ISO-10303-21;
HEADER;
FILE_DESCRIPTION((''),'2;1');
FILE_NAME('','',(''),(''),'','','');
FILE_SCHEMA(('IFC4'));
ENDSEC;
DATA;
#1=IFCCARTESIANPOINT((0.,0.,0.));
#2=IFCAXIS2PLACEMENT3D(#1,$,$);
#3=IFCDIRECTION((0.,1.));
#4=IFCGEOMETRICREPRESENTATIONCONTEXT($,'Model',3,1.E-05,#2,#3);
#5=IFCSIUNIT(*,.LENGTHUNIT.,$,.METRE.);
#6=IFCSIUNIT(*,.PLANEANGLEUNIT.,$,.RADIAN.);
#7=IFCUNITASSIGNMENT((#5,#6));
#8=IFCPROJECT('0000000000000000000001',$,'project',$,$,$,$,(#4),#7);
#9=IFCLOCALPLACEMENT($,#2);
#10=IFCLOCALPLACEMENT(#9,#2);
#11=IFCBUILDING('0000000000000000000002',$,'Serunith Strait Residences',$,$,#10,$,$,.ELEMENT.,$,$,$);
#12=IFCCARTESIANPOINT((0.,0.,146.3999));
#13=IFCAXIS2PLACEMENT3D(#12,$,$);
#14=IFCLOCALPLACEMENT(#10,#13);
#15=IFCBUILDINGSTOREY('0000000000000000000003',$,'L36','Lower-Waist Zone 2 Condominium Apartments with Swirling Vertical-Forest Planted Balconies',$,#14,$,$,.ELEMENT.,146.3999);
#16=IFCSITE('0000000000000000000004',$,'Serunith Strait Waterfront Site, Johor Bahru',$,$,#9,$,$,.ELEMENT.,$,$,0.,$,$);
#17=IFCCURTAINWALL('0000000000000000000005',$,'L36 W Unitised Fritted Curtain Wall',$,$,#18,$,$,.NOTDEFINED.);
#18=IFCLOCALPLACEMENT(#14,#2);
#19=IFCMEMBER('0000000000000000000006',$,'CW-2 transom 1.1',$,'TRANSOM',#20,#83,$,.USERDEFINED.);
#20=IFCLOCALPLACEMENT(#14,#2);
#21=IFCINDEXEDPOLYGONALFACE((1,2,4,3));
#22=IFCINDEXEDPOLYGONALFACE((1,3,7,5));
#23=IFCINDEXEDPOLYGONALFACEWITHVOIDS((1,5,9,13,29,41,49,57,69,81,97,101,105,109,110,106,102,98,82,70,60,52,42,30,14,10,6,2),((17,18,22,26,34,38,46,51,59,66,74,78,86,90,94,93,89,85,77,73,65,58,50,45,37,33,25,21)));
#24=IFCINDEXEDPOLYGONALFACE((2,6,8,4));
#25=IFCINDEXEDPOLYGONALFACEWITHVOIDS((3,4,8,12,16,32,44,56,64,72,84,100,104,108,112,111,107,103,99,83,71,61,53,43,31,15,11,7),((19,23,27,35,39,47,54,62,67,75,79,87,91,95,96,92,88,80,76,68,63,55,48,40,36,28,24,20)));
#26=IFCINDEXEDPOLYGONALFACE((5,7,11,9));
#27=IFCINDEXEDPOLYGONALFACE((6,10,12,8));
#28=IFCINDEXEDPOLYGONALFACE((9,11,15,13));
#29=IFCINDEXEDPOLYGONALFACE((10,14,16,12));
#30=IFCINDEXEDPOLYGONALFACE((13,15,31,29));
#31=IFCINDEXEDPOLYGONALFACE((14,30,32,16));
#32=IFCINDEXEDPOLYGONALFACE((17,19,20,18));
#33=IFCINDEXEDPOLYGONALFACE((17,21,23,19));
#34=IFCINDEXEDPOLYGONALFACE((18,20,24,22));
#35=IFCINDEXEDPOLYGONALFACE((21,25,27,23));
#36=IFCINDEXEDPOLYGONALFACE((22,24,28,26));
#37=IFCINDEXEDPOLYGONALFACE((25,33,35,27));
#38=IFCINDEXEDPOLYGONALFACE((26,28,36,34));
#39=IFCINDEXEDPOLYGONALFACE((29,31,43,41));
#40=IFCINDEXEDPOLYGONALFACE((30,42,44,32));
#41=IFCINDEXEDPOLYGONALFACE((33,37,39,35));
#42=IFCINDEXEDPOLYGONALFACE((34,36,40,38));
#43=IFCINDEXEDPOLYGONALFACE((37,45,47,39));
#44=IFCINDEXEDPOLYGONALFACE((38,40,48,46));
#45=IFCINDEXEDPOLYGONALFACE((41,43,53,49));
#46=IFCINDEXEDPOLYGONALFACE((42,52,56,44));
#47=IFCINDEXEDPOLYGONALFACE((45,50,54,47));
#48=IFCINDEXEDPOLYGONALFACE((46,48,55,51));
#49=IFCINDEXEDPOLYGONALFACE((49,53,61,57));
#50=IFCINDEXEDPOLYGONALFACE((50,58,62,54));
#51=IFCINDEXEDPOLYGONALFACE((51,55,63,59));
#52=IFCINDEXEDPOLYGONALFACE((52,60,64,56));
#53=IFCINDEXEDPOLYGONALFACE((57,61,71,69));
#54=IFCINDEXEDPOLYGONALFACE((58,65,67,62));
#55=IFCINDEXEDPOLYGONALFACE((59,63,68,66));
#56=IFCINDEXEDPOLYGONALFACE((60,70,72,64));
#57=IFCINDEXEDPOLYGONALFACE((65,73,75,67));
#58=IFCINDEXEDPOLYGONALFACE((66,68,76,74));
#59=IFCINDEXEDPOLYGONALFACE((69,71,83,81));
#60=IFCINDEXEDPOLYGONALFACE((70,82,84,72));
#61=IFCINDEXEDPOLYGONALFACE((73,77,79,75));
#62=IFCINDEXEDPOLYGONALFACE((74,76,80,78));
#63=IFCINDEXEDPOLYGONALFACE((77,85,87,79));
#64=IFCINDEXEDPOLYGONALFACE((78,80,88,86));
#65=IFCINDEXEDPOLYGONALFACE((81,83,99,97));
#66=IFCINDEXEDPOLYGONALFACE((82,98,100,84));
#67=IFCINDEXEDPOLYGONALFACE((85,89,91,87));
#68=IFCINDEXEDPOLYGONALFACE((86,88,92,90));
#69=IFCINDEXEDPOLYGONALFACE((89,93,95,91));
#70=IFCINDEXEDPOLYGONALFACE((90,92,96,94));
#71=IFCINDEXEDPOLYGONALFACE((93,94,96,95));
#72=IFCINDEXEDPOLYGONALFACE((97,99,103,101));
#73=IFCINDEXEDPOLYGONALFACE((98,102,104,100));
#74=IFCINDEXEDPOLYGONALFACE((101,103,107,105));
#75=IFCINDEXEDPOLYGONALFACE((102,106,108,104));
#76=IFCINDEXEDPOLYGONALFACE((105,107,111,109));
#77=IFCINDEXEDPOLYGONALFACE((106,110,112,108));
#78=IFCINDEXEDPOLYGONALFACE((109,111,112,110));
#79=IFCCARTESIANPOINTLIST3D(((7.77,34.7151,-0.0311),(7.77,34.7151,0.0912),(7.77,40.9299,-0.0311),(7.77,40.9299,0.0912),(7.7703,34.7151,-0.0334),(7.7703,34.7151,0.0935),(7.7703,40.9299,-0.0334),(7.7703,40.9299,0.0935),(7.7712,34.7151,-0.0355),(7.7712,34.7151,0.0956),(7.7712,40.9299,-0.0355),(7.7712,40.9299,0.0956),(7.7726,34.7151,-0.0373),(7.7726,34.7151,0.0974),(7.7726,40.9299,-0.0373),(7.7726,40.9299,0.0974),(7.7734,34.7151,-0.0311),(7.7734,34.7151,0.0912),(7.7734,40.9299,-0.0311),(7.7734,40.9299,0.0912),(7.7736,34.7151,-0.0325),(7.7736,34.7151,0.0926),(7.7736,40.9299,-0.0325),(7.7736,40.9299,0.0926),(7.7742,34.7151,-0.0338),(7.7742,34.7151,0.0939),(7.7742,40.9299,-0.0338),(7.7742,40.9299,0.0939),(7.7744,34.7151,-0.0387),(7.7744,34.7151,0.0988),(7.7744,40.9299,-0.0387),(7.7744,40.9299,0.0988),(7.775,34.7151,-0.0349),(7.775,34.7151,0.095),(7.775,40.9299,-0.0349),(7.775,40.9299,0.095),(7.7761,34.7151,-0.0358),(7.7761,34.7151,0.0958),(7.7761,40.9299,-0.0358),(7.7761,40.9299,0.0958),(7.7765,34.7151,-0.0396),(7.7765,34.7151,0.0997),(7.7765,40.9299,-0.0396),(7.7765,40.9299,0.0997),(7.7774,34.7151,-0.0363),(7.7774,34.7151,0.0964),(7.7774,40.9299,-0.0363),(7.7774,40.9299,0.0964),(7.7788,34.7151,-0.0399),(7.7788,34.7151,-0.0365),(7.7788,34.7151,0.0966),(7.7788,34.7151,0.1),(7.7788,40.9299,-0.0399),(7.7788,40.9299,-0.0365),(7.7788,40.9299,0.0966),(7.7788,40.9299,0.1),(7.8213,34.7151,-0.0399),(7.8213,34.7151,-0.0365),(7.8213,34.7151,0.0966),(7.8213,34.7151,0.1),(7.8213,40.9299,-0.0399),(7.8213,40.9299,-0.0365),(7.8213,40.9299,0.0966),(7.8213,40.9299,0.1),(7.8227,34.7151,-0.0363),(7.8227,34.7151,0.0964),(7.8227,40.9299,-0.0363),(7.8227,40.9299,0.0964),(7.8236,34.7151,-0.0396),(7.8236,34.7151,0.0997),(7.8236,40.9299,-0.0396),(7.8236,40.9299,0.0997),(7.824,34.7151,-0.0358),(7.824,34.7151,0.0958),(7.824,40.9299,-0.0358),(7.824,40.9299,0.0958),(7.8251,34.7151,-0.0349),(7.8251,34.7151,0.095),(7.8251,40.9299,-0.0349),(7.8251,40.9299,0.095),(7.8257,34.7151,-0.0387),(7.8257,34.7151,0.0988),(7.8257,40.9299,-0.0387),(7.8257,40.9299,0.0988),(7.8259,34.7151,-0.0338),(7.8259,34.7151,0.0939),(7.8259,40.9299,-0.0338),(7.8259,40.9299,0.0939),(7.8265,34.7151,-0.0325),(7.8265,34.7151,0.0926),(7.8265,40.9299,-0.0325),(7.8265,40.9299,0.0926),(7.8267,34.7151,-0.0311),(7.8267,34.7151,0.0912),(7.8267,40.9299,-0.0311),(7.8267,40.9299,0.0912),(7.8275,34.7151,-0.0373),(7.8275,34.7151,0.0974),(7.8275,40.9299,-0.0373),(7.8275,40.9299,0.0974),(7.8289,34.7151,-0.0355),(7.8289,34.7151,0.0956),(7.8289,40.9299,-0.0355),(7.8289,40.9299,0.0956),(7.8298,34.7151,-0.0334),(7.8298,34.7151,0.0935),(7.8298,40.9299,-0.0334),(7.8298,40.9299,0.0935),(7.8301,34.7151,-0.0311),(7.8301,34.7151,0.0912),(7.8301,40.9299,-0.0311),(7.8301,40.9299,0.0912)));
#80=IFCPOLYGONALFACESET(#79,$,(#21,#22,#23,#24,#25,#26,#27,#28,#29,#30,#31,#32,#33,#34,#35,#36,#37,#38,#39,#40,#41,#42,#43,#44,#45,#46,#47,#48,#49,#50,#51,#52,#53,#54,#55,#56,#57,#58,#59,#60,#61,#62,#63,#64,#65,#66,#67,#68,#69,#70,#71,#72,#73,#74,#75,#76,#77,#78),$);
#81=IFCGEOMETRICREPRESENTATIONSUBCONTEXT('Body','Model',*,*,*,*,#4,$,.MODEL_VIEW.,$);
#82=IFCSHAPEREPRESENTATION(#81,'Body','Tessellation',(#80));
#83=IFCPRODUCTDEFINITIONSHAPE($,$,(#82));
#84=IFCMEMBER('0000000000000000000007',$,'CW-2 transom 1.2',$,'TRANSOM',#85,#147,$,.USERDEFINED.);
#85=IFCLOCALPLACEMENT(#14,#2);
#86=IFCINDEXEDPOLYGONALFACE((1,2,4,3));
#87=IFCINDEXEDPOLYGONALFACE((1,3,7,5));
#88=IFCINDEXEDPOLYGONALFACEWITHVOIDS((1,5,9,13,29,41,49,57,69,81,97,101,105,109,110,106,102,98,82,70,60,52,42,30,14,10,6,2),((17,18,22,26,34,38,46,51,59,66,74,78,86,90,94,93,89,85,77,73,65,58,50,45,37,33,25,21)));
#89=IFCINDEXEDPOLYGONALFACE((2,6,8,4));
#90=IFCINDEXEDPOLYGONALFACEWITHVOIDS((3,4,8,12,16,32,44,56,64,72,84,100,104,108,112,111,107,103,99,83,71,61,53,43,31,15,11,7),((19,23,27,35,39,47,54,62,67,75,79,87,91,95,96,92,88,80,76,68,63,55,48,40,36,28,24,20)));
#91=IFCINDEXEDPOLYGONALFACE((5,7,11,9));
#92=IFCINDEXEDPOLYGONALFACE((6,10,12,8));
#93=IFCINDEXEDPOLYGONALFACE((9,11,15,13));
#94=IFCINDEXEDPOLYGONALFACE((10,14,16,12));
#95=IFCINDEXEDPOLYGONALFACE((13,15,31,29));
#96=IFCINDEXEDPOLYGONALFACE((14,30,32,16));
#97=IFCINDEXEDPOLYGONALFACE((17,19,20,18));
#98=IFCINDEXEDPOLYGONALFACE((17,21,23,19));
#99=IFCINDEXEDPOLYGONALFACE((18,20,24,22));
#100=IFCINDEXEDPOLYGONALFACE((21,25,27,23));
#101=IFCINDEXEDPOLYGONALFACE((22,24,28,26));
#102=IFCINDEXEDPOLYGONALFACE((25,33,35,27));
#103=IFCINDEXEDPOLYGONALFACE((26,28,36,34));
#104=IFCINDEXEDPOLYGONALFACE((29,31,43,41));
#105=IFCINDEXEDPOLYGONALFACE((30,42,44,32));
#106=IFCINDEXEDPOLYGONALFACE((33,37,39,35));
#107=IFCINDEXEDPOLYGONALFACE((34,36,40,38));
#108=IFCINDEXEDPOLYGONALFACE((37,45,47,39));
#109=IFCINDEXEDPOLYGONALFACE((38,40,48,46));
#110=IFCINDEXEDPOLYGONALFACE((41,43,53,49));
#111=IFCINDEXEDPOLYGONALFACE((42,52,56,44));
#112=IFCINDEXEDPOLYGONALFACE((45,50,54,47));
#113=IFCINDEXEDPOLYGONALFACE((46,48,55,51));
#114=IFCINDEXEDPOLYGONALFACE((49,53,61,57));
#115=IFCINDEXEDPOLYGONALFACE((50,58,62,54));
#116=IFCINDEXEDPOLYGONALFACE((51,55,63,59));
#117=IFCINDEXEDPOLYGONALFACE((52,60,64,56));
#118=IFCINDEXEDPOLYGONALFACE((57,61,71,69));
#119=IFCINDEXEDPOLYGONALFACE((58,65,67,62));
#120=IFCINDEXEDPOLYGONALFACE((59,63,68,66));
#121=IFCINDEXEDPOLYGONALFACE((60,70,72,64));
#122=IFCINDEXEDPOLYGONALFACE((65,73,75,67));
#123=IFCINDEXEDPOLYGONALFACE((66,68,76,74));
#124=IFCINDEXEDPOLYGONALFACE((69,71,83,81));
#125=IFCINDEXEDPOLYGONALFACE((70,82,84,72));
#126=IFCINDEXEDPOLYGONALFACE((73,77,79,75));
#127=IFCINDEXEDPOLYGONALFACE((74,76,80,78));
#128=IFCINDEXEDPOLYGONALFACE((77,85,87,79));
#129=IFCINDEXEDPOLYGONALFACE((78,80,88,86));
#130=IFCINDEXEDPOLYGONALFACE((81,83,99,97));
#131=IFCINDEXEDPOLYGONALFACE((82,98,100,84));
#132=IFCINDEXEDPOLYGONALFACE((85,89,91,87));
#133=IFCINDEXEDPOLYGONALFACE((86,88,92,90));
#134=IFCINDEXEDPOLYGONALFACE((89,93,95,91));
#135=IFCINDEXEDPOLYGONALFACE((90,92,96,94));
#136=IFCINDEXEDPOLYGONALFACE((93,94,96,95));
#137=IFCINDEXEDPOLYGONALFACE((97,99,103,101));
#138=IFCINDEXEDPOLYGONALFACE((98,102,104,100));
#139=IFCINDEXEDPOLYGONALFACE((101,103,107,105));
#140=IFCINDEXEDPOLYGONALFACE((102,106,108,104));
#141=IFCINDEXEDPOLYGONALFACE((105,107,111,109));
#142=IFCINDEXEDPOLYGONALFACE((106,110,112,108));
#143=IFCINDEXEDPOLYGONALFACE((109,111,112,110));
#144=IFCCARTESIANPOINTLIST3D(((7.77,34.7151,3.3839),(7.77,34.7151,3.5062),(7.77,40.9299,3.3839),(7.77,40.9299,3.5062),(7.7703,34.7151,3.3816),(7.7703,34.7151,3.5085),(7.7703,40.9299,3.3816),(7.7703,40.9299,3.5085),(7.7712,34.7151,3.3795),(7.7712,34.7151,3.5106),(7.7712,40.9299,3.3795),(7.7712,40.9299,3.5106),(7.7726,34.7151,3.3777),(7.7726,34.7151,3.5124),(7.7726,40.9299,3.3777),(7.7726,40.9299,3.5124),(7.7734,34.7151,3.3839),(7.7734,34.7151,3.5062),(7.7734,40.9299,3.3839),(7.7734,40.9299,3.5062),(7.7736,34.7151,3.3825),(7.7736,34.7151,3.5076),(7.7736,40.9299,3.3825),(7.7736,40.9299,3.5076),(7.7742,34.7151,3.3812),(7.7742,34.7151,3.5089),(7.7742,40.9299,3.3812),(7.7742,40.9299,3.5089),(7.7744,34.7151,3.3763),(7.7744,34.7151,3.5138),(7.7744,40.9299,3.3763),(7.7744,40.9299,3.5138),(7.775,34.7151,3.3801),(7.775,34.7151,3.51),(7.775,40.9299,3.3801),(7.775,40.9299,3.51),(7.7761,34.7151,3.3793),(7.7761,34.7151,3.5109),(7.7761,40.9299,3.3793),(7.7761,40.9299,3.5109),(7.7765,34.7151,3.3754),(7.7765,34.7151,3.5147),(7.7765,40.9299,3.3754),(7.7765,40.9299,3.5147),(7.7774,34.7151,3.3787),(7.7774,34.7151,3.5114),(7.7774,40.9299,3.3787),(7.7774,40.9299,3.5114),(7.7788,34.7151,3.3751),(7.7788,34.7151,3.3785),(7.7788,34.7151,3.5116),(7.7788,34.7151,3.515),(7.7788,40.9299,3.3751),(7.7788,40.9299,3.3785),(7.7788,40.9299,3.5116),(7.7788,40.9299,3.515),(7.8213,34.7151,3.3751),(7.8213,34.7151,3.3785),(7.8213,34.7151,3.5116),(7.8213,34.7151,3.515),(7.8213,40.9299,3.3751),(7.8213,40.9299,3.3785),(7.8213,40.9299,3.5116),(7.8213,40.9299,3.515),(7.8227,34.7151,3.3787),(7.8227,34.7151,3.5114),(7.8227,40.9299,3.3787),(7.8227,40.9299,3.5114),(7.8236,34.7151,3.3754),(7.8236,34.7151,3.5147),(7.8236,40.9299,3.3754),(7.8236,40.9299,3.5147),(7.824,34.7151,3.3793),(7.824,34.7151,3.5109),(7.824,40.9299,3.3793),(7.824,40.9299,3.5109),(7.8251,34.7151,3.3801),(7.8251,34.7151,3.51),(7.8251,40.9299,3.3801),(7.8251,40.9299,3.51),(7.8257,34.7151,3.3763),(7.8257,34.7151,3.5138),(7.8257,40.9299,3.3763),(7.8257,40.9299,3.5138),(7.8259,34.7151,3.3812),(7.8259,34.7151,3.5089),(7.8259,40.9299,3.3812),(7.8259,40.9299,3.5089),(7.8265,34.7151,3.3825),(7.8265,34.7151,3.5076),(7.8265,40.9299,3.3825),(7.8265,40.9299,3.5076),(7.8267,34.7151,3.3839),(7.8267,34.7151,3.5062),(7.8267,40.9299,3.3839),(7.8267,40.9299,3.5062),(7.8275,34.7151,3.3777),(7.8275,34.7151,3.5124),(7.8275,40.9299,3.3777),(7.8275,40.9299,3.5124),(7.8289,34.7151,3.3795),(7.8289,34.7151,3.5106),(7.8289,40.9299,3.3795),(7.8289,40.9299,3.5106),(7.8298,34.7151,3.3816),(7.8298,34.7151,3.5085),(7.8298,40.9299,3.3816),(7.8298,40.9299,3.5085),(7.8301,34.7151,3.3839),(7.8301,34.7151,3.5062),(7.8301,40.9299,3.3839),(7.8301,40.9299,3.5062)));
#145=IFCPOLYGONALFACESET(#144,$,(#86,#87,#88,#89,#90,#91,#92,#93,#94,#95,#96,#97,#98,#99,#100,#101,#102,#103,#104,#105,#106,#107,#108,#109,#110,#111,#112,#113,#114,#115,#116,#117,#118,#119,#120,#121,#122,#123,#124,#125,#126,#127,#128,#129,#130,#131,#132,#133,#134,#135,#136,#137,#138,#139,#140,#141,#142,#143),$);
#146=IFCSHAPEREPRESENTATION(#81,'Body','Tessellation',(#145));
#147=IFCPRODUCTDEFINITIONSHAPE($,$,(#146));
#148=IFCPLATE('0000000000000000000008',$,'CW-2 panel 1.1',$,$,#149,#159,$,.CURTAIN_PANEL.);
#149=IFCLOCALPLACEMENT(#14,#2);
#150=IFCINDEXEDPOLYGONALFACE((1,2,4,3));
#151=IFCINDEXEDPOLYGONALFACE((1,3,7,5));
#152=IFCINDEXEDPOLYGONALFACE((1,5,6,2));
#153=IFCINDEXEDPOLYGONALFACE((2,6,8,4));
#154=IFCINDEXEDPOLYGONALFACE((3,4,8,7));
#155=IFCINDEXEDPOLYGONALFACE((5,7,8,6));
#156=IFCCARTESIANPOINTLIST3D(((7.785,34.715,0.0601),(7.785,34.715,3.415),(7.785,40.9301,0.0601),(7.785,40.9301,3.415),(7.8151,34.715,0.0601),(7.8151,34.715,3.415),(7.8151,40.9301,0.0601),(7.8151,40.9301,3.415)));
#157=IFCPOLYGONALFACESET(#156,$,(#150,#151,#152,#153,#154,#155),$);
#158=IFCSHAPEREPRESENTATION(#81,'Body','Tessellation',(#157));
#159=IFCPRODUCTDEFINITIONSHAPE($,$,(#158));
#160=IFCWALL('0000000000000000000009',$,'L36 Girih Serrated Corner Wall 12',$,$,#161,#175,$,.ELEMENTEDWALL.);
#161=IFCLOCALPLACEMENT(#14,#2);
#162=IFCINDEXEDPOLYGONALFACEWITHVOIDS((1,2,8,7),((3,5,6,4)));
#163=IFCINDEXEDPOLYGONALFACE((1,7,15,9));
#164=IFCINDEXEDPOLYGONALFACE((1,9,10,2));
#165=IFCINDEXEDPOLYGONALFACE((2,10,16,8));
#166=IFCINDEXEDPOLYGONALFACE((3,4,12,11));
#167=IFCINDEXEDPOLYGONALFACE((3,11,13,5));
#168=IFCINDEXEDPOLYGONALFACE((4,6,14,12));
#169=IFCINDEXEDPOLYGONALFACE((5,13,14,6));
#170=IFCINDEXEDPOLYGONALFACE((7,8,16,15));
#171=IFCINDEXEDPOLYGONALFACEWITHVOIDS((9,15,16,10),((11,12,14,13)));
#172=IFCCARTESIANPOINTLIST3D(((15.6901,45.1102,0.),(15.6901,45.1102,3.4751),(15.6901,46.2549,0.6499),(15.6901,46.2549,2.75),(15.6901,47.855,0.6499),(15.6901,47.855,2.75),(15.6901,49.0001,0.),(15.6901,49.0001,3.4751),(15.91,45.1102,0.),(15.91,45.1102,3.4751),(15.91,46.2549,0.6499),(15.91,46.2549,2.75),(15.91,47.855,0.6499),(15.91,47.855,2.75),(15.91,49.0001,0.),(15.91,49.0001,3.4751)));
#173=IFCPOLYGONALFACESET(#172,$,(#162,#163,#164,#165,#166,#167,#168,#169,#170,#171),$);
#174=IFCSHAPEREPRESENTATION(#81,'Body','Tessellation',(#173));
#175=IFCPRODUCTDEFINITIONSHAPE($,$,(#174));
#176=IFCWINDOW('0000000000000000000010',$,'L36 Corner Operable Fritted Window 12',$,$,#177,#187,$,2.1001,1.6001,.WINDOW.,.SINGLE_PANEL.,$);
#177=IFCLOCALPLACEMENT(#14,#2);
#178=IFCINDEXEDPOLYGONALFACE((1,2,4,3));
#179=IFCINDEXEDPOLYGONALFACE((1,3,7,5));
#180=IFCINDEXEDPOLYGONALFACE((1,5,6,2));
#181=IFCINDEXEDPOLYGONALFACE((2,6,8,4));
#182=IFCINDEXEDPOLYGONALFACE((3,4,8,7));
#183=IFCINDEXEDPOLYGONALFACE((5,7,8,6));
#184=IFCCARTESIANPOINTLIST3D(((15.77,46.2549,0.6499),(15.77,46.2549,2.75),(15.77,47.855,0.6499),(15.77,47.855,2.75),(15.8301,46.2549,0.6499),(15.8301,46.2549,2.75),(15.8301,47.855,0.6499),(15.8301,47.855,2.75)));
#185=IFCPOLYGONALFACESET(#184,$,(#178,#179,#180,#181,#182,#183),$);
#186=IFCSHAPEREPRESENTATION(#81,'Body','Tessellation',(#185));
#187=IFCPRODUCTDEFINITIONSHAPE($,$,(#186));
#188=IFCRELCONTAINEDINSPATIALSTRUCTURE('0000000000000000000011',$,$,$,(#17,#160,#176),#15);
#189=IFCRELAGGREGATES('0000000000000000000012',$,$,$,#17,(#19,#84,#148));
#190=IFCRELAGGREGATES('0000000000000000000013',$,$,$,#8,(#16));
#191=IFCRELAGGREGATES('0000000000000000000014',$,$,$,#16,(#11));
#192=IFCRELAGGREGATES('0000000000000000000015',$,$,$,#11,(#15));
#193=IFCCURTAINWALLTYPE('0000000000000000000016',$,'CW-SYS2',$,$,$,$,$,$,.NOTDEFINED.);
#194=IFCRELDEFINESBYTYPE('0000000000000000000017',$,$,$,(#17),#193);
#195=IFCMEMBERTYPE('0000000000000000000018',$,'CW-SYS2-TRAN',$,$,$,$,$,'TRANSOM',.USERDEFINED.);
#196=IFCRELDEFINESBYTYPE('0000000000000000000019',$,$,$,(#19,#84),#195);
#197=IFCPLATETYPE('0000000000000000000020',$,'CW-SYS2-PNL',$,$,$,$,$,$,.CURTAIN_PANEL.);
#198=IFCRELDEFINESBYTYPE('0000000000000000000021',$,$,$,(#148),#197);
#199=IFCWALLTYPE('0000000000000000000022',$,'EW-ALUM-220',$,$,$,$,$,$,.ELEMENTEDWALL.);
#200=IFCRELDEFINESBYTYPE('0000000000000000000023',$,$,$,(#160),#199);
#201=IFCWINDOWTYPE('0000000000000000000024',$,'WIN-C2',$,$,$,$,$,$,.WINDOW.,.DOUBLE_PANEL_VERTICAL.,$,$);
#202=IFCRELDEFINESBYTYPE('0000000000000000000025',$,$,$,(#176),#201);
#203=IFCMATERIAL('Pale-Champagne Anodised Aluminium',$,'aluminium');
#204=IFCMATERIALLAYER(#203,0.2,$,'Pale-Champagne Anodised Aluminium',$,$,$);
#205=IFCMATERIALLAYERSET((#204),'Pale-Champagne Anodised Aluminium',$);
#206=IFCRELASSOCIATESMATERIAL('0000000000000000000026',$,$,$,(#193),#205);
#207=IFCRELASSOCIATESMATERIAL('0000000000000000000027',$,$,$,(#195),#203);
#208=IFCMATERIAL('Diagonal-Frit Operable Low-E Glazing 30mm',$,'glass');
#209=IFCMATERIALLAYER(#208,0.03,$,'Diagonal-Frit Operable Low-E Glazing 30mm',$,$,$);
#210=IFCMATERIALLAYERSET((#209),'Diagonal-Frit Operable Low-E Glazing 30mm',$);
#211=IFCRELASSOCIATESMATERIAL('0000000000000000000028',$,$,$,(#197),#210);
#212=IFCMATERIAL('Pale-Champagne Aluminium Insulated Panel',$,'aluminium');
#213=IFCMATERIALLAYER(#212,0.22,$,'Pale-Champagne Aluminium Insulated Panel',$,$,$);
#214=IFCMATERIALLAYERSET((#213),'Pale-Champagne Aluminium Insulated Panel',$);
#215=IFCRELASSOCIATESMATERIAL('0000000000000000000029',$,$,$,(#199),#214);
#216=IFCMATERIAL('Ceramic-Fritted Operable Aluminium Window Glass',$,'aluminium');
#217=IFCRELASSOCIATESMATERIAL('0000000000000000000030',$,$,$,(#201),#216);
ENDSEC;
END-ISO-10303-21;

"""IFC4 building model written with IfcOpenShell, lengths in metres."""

from ifc_helpers import new_model, si_unit, direction, frame, frame_2d, origin, origin_2d, place, context, subcontext, project, spatial, rectangle, hollow_rectangle, extrude, source, transform, mapped, material, layer, layer_set, material_profile, profile_set, type_object, element, fill, aggregate, save


model = new_model("IFC4")

# Units and contexts
model_context = context("Model", 3, precision=1e-05, world=origin(), true_north=direction((0.0, 1.0)))
body_context = subcontext(model_context, "Body", "Model", "MODEL_VIEW")
ifc_project = project(units=[si_unit("LENGTHUNIT", "METRE"), si_unit("PLANEANGLEUNIT", "RADIAN")], contexts=[model_context])

# Site, building, storey
site_placement = place(None, origin())
site = spatial("IfcSite", under=ifc_project, at=site_placement, Name="Serunith Strait Waterfront Site, Johor Bahru", CompositionType="ELEMENT", RefElevation=0.0)
building_placement = place(site_placement, origin())
building = spatial("IfcBuilding", under=site, at=building_placement, Name="Serunith Strait Residences", CompositionType="ELEMENT")
storey_placement = place(building_placement, frame((0.0, 0.0, 146.3999)))
storey = spatial("IfcBuildingStorey", under=building, at=storey_placement, Name="L36", Description="Lower-Waist Zone 2 Condominium Apartments with Swirling Vertical-Forest Planted Balconies", CompositionType="ELEMENT", Elevation=146.3999)

# Shared definitions
ifc_material_1 = material(Name="Pale-Champagne Anodised Aluminium", Category="aluminium")
ifc_layer_1 = layer(ifc_material_1, 0.2, Name="Pale-Champagne Anodised Aluminium")
ifc_layer_set_1 = layer_set([ifc_layer_1], Name="Pale-Champagne Anodised Aluminium")
curtain_wall_type = type_object("IfcCurtainWallType", Name="CW-SYS2", PredefinedType="NOTDEFINED", material=ifc_layer_set_1)

# Curtain wall, members, plate
curtain_wall_1_placement = place(storey_placement, origin())
curtain_wall_1 = element("IfcCurtainWall", 1, at=curtain_wall_1_placement, inside=storey, type_object=curtain_wall_type, Name="L36 W Unitised Fritted Curtain Wall", PredefinedType="NOTDEFINED")
ifc_material_profile_1 = material_profile(ifc_material_1, hollow_rectangle(XDim=0.0601, YDim=0.1399, WallThickness=0.0034, InnerFilletRadius=0.0054, OuterFilletRadius=0.0088, at=origin_2d()), Name="ALU 140x60x3.5")
ifc_profile_set_1 = profile_set([ifc_material_profile_1], Name="Pale-Champagne Anodised Aluminium")
member_type_1 = type_object("IfcMemberType", Name="CW-SYS2-TRAN", ElementType="TRANSOM", PredefinedType="USERDEFINED", material=ifc_profile_set_1)
shared_shape_1 = source(origin(), body_context, "Body", "SweptSolid", [
    extrude(hollow_rectangle(XDim=0.0601, YDim=0.1399, WallThickness=0.0034, InnerFilletRadius=0.0054, OuterFilletRadius=0.0088, at=origin_2d()), origin(), (0.0, 0.0, 1.0), 6.2148),
])
member_1_placement = place(storey_placement, frame((7.8, 40.9299, 0.03), z_axis=(0.0, -1.0, 0.0), x_axis=(1.0, 0.0, 0.0)))
member_1 = element("IfcMember", 2, at=member_1_placement, type_object=member_type_1, Name="CW-2 transom 1.1", ObjectType="TRANSOM", PredefinedType="USERDEFINED", context=body_context, shape_type="MappedRepresentation", body=[
    mapped(shared_shape_1, transform((0.0, 0.0, 0.0), scale=1.0)),
])
member_2_placement = place(storey_placement, frame((7.8, 40.9299, 3.4451), z_axis=(0.0, -1.0, 0.0), x_axis=(1.0, 0.0, 0.0)))
member_2 = element("IfcMember", 3, at=member_2_placement, type_object=member_type_1, Name="CW-2 transom 1.2", ObjectType="TRANSOM", PredefinedType="USERDEFINED", context=body_context, shape_type="MappedRepresentation", body=[
    mapped(shared_shape_1, transform((0.0, 0.0, 0.0), scale=1.0)),
])
ifc_material_2 = material(Name="Diagonal-Frit Operable Low-E Glazing 30mm", Category="glass")
ifc_layer_2 = layer(ifc_material_2, 0.03, Name="Diagonal-Frit Operable Low-E Glazing 30mm")
ifc_layer_set_2 = layer_set([ifc_layer_2], Name="Diagonal-Frit Operable Low-E Glazing 30mm")
plate_type = type_object("IfcPlateType", Name="CW-SYS2-PNL", PredefinedType="CURTAIN_PANEL", material=ifc_layer_set_2)
shared_shape_2 = source(origin(), body_context, "Body", "SweptSolid", [
    extrude(rectangle(XDim=6.2151, YDim=0.03, at=origin_2d()), origin(), (0.0, 0.0, 1.0), 3.355),
])
plate_placement = place(storey_placement, frame((7.8, 37.8225, 0.0601), z_axis=(0.0, 0.0, 1.0), x_axis=(0.0, -1.0, 0.0)))
plate = element("IfcPlate", 4, at=plate_placement, type_object=plate_type, Name="CW-2 panel 1.1", PredefinedType="CURTAIN_PANEL", context=body_context, shape_type="MappedRepresentation", body=[
    mapped(shared_shape_2, transform((0.0, 0.0, 0.0), scale=1.0)),
])
aggregate(curtain_wall_1, [member_1, member_2, plate])

# Wall, opening, window
ifc_material_3 = material(Name="Pale-Champagne Aluminium Insulated Panel", Category="aluminium")
ifc_layer_3 = layer(ifc_material_3, 0.22, Name="Pale-Champagne Aluminium Insulated Panel")
ifc_layer_set_3 = layer_set([ifc_layer_3], Name="Pale-Champagne Aluminium Insulated Panel")
wall_type_1 = type_object("IfcWallType", Name="EW-ALUM-220", PredefinedType="ELEMENTEDWALL", material=ifc_layer_set_3)
wall_1_placement = place(storey_placement, frame((15.8, 49.0, 0.0), z_axis=(0.0, 0.0, 1.0), x_axis=(0.0, -1.0, 0.0)))
wall_1 = element("IfcWall", 5, at=wall_1_placement, inside=storey, type_object=wall_type_1, Name="L36 Girih Serrated Corner Wall 12", PredefinedType="ELEMENTEDWALL", context=body_context, shape_type="SweptSolid", body=[
    extrude(rectangle(XDim=3.8899, YDim=0.22, at=frame_2d((1.9448, 0.0))), origin(), (0.0, 0.0, 1.0), 3.4751),
])
opening_1_placement = place(wall_1_placement, frame((1.145, 0.0, 0.6499)))
opening_1 = element("IfcOpeningElement", 6, at=opening_1_placement, cuts=wall_1, PredefinedType="OPENING", context=body_context, shape_type="SweptSolid", body=[
    extrude(rectangle(XDim=1.6001, YDim=2.1001, at=frame_2d((0.8, 1.05))), frame((0.0, 0.1201, 0.0), z_axis=(0.0, -1.0, 0.0), x_axis=(1.0, 0.0, 0.0)), (0.0, 0.0, 1.0), 0.24),
])
ifc_material_4 = material(Name="Ceramic-Fritted Operable Aluminium Window Glass", Category="aluminium")
window_type = type_object("IfcWindowType", Name="WIN-C2", PartitioningType="DOUBLE_PANEL_VERTICAL", PredefinedType="WINDOW", material=ifc_material_4)
shared_shape_3 = source(origin(), body_context, "Body", "SweptSolid", [
    extrude(rectangle(XDim=1.6001, YDim=2.1001, at=frame_2d((0.8, 1.05))), frame((0.0, 0.03, 0.0), z_axis=(0.0, -1.0, 0.0), x_axis=(1.0, 0.0, 0.0)), (0.0, 0.0, 1.0), 0.0601),
])
window_1_placement = place(opening_1_placement, origin())
window_1 = element("IfcWindow", 7, at=window_1_placement, inside=storey, type_object=window_type, Name="L36 Corner Operable Fritted Window 12", OverallHeight=2.1001, OverallWidth=1.6001, PartitioningType="SINGLE_PANEL", PredefinedType="WINDOW", context=body_context, shape_type="MappedRepresentation", body=[
    mapped(shared_shape_3, transform((0.0, 0.0, 0.0), scale=1.0)),
])
fill(opening_1, window_1)

save(model, "model.ifc")
